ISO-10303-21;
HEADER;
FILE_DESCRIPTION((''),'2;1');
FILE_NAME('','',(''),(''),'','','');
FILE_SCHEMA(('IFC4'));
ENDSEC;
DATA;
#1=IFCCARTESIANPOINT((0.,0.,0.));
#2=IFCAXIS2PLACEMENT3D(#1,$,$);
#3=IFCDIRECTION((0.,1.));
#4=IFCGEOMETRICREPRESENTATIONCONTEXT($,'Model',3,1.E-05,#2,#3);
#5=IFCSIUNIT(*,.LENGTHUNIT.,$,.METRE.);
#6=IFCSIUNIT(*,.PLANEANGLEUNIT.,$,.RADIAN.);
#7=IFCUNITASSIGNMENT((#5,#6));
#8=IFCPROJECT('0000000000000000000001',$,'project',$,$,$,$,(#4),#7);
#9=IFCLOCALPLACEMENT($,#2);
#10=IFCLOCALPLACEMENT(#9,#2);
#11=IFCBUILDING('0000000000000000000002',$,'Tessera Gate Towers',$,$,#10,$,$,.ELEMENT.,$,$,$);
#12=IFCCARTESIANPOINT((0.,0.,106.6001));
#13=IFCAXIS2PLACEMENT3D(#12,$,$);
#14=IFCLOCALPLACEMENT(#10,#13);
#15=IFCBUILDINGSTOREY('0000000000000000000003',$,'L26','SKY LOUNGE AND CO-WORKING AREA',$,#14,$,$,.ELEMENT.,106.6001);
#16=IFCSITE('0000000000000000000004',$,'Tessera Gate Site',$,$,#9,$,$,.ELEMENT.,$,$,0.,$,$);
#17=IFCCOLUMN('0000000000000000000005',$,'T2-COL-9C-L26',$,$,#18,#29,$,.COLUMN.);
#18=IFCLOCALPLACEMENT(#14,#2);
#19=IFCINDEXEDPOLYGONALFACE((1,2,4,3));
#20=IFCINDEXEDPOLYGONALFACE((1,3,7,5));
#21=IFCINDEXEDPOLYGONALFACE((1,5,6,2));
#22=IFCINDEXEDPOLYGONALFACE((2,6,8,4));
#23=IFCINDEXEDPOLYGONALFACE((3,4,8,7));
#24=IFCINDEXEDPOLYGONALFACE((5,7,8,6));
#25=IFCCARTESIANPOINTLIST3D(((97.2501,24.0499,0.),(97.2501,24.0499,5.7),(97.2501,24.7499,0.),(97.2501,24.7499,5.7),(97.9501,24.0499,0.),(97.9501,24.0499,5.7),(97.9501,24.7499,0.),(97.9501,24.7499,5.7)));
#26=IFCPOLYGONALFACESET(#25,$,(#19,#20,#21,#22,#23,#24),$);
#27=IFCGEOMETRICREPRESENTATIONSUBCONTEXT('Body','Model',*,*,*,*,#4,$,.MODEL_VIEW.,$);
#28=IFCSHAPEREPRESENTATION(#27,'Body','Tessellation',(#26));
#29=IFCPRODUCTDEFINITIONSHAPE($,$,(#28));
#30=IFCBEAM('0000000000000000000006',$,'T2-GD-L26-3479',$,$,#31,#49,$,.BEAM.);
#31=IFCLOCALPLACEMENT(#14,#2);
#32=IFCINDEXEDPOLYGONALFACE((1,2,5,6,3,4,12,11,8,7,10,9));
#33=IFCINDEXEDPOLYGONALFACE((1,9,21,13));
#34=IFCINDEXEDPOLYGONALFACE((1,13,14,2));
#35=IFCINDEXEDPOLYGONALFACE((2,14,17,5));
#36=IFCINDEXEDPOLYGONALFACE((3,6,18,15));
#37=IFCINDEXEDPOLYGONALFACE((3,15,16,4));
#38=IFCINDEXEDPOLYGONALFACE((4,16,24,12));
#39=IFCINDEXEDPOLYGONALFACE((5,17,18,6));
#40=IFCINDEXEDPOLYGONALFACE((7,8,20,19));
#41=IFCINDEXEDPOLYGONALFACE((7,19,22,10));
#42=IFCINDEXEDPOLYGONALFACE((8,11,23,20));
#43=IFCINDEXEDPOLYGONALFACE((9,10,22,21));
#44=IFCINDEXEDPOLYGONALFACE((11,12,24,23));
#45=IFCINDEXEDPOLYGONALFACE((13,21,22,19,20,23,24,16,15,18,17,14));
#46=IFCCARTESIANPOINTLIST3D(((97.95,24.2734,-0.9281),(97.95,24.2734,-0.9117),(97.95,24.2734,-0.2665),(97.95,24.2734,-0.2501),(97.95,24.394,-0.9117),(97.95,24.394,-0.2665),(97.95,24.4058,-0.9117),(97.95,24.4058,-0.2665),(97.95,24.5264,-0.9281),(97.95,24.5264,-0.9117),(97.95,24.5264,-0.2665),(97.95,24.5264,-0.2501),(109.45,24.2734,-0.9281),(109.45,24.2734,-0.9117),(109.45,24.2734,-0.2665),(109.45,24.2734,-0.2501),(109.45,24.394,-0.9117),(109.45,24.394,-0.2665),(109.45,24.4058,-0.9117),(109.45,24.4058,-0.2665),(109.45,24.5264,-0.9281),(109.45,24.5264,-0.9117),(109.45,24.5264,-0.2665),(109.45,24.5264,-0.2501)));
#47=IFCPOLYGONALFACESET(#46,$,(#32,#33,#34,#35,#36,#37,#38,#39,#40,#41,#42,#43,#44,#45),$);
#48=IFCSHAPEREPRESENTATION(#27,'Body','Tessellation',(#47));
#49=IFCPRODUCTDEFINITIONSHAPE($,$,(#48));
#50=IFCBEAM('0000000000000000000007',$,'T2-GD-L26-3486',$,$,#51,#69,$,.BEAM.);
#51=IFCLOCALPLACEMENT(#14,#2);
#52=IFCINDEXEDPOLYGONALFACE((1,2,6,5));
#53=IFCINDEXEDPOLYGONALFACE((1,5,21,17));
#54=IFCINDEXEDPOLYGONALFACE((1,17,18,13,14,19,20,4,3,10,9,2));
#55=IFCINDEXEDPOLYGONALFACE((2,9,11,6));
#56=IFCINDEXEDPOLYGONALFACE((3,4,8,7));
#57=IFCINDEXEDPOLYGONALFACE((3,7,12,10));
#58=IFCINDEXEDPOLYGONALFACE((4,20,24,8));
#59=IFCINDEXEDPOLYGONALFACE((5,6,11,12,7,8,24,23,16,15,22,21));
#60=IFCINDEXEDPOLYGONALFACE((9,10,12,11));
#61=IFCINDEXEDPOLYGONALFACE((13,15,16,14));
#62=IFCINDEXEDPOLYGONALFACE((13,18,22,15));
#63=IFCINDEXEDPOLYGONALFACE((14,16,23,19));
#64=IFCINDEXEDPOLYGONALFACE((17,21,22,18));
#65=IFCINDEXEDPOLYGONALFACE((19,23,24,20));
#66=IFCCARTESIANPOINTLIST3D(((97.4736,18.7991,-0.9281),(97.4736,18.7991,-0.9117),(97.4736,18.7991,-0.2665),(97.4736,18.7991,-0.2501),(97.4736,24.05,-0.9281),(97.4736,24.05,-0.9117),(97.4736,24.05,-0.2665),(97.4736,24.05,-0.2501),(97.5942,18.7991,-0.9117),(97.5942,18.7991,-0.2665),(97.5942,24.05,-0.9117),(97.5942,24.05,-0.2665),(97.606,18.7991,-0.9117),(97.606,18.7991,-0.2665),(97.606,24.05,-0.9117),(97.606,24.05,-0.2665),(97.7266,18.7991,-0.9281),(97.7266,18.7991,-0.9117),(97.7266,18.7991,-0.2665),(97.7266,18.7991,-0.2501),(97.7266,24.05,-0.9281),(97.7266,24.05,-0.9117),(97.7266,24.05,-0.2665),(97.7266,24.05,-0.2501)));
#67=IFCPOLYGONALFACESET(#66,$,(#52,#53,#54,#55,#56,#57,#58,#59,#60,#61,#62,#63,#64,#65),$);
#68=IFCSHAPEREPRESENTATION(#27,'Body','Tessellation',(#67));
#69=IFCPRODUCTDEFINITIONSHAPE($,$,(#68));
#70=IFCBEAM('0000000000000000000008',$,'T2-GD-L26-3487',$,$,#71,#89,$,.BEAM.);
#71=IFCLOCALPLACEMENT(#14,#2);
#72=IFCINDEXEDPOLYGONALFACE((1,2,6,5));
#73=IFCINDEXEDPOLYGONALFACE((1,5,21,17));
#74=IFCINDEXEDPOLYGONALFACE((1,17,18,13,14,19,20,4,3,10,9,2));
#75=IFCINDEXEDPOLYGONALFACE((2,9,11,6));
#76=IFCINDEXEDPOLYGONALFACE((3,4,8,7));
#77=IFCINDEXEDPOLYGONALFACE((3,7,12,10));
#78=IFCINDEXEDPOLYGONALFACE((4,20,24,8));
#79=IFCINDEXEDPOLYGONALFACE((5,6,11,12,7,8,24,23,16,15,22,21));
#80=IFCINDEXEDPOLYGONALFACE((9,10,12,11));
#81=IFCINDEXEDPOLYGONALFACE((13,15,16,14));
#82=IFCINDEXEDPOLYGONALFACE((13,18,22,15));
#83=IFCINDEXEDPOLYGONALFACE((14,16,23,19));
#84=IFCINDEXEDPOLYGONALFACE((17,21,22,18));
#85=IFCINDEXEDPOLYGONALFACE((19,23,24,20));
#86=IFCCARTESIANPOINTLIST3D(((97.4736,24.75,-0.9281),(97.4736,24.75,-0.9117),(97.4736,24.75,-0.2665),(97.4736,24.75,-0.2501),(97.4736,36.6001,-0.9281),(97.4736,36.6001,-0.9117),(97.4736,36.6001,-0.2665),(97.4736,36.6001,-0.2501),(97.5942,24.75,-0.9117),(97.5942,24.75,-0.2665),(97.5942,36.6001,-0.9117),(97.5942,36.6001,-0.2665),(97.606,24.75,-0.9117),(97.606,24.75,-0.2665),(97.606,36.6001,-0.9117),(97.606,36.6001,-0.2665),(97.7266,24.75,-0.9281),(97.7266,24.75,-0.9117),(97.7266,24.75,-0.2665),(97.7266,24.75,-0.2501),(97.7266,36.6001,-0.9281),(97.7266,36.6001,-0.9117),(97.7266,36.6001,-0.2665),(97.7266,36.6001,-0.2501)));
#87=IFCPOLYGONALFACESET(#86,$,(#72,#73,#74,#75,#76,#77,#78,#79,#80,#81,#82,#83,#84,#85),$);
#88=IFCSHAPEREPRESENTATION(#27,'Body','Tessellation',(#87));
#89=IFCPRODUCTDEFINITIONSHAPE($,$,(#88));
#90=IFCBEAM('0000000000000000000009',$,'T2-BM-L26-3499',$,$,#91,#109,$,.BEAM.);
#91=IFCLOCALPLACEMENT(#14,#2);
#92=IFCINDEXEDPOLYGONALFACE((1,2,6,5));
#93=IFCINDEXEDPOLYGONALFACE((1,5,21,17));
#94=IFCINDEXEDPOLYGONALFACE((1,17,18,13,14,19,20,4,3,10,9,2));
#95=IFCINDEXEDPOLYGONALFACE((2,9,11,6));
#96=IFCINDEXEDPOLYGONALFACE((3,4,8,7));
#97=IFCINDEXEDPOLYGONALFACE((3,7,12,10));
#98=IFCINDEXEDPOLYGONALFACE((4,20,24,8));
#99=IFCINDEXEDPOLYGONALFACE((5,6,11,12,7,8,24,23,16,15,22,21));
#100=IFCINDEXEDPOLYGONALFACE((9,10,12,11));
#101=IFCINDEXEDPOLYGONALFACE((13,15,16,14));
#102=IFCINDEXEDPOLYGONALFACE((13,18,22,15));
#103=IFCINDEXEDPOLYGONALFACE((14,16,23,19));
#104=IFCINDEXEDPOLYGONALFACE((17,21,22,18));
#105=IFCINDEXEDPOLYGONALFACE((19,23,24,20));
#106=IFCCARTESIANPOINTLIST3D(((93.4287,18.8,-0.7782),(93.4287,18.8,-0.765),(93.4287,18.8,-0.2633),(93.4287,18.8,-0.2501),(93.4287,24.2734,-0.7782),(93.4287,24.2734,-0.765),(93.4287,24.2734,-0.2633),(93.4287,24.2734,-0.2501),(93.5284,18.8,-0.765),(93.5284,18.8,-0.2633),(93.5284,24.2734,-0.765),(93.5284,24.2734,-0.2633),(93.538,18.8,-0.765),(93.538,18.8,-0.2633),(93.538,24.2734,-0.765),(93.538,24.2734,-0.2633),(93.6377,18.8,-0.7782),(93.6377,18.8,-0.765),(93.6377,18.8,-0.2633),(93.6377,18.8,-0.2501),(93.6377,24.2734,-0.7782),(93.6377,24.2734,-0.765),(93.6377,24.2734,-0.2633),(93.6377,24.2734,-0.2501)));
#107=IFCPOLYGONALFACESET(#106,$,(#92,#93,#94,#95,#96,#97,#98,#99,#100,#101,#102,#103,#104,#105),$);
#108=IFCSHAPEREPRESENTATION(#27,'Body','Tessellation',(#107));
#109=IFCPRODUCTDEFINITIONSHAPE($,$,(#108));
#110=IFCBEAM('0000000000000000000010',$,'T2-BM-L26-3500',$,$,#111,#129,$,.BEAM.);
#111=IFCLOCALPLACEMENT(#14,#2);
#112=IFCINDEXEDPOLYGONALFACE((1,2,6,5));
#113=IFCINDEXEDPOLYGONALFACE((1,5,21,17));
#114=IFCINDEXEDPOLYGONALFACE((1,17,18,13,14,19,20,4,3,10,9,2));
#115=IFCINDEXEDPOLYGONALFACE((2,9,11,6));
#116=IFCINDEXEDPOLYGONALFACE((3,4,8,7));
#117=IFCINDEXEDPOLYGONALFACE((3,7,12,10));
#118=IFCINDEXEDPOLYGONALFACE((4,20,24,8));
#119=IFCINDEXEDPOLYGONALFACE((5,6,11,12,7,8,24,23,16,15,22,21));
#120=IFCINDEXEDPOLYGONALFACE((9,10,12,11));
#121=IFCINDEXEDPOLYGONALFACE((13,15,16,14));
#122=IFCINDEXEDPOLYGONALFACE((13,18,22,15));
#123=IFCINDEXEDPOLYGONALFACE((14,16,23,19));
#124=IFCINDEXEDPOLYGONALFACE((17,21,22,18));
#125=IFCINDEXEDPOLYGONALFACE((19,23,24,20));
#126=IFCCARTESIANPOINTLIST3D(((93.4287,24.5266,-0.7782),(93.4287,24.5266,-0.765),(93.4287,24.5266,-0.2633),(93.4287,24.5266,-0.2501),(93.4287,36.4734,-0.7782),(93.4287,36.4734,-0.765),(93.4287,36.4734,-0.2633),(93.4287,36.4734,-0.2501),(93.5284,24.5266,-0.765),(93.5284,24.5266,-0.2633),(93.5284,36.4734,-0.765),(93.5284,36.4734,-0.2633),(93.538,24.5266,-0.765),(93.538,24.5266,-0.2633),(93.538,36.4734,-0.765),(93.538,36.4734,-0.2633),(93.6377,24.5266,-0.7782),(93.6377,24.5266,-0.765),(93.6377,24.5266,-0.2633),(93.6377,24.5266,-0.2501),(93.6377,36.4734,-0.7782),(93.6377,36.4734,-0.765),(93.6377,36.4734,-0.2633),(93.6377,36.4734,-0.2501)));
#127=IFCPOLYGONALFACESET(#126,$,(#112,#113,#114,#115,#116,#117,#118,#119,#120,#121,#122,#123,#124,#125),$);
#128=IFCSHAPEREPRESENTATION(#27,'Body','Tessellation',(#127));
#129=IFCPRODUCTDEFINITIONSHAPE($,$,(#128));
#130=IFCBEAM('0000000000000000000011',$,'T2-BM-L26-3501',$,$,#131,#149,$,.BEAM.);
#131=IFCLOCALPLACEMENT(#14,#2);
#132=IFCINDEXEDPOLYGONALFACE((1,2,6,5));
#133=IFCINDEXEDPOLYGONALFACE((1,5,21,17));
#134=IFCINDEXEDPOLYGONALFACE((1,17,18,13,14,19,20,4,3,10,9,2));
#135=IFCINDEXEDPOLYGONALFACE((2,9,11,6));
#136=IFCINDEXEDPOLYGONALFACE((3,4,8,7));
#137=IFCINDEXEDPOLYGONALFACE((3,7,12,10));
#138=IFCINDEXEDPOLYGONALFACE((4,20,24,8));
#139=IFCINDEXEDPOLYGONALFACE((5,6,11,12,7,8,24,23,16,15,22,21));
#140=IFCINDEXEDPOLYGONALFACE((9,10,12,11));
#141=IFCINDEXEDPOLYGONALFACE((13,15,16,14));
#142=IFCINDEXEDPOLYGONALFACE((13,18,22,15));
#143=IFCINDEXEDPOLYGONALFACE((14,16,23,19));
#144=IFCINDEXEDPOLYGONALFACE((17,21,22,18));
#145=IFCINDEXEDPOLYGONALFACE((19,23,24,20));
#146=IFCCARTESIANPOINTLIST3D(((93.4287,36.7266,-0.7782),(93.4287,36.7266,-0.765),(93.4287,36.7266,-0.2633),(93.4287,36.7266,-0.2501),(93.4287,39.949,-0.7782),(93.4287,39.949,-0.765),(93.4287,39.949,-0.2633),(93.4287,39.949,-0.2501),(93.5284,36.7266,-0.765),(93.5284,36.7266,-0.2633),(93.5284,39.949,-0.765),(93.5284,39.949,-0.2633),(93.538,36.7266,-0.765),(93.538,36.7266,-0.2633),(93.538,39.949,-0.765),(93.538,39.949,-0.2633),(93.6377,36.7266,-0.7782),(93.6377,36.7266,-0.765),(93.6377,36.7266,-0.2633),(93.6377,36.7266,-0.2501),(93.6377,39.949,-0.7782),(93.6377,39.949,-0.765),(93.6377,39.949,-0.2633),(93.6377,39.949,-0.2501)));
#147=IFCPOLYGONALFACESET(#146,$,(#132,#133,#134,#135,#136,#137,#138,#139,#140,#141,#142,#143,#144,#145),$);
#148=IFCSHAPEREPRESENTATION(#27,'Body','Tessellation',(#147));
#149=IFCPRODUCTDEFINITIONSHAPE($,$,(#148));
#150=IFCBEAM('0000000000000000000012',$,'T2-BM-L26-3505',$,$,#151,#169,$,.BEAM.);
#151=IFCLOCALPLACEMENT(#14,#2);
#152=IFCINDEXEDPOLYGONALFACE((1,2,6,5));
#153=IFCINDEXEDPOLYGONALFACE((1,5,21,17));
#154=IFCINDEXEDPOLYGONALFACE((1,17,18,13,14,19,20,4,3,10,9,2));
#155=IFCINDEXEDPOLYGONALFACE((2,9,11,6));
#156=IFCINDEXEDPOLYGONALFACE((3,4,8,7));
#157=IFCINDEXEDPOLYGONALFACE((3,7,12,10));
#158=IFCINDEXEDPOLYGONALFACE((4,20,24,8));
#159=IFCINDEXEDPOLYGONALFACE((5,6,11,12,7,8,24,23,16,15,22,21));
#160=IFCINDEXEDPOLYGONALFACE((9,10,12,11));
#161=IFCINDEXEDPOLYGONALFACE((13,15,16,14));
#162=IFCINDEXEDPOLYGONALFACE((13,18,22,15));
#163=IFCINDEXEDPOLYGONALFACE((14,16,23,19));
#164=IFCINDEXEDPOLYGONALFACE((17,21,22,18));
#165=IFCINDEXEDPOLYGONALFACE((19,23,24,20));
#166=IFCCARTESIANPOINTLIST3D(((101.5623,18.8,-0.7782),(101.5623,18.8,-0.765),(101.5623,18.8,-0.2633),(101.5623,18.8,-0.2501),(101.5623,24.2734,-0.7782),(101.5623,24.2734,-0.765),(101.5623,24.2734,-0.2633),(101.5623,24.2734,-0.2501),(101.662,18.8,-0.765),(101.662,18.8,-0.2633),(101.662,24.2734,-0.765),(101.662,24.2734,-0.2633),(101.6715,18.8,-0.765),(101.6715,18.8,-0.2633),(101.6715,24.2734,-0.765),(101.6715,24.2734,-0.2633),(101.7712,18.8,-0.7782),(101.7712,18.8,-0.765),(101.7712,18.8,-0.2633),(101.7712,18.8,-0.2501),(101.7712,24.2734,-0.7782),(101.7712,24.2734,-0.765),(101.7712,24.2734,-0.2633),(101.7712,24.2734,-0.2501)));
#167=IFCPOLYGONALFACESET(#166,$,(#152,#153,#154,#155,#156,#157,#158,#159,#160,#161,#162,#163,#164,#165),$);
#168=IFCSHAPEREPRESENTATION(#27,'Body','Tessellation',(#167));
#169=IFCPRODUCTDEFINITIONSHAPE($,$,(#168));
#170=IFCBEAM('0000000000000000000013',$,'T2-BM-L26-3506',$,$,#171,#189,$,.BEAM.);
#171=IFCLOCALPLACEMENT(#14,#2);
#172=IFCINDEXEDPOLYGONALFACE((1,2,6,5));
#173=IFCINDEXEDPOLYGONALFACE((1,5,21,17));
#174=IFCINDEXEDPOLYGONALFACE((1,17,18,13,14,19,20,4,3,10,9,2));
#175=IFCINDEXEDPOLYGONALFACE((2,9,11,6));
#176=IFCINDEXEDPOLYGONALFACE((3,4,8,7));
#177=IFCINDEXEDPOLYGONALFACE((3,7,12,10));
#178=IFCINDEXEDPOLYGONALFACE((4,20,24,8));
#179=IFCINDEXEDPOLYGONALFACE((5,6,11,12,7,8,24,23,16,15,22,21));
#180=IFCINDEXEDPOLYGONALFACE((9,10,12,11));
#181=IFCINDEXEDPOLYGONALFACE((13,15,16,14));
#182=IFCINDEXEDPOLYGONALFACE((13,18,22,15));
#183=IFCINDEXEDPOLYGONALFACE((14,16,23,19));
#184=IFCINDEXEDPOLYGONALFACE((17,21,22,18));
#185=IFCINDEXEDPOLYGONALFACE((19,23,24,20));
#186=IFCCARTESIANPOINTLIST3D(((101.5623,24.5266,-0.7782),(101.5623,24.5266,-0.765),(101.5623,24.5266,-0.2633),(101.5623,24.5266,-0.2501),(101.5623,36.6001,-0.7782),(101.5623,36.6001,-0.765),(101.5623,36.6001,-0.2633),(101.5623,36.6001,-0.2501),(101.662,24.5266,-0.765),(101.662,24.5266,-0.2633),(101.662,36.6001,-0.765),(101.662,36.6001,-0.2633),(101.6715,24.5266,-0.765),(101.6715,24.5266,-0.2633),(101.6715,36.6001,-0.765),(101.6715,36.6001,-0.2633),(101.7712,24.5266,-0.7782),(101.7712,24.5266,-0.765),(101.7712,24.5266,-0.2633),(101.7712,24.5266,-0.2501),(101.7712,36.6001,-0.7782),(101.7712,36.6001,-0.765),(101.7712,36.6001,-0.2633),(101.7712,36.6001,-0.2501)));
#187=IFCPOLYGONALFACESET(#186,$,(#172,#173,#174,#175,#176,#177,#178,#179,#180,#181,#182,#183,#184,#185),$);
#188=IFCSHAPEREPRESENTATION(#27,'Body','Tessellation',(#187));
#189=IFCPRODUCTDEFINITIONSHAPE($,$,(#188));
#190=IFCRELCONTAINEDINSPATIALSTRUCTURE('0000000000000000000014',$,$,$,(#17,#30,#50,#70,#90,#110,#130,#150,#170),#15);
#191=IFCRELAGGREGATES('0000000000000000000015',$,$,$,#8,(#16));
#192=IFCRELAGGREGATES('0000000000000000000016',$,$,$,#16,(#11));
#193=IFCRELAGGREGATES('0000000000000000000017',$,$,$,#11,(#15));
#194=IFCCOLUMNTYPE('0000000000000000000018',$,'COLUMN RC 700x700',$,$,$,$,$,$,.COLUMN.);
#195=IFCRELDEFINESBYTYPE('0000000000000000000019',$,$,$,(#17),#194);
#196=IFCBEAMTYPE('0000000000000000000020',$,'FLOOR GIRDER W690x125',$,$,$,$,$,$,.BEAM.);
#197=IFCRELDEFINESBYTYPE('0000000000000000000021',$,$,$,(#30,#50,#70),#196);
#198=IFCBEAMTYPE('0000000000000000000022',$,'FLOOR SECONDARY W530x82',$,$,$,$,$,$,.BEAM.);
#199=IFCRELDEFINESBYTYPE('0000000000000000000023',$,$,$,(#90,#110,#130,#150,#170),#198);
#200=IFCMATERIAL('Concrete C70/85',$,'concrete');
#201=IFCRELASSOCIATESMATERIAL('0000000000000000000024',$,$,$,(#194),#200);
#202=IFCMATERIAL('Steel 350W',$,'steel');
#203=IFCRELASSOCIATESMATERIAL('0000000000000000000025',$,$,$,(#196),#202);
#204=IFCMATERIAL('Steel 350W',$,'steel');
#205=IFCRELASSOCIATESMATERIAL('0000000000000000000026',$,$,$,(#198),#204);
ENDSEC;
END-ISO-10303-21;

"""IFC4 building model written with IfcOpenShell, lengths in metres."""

from ifc_helpers import new_model, si_unit, direction, frame, origin, origin_2d, place, context, subcontext, project, spatial, rectangle, i_section, extrude, material, material_profile, profile_set, type_object, element, save


model = new_model("IFC4")

# Units and contexts
model_context = context("Model", 3, precision=1e-05, world=origin(), true_north=direction((0.0, 1.0)))
body_context = subcontext(model_context, "Body", "Model", "MODEL_VIEW")
ifc_project = project(units=[si_unit("LENGTHUNIT", "METRE"), si_unit("PLANEANGLEUNIT", "RADIAN")], contexts=[model_context])

# Site, building, storey
site_placement = place(None, origin())
site = spatial("IfcSite", under=ifc_project, at=site_placement, Name="Tessera Gate Site", CompositionType="ELEMENT", RefElevation=0.0)
building_placement = place(site_placement, origin())
building = spatial("IfcBuilding", under=site, at=building_placement, Name="Tessera Gate Towers", CompositionType="ELEMENT")
storey_placement = place(building_placement, frame((0.0, 0.0, 106.6001)))
storey = spatial("IfcBuildingStorey", under=building, at=storey_placement, Name="L26", Description="SKY LOUNGE AND CO-WORKING AREA", CompositionType="ELEMENT", Elevation=106.6001)

# Column
ifc_material_1 = material(Name="Concrete C70/85", Category="concrete")
ifc_material_profile_1 = material_profile(ifc_material_1, rectangle(XDim=0.7, YDim=0.7, at=origin_2d()), Name="RC 700x700")
ifc_profile_set_1 = profile_set([ifc_material_profile_1], Name="Concrete C70/85")
column_type = type_object("IfcColumnType", Name="COLUMN RC 700x700", PredefinedType="COLUMN", material=ifc_profile_set_1)
column_placement = place(storey_placement, frame((97.6001, 24.3999, 0.0), z_axis=(0.0, 0.0, 1.0), x_axis=(1.0, 0.0, 0.0)))
element("IfcColumn", 1, at=column_placement, inside=storey, type_object=column_type, Name="T2-COL-9C-L26", PredefinedType="COLUMN", context=body_context, shape_type="SweptSolid", body=[
    extrude(rectangle(XDim=0.7, YDim=0.7, at=origin_2d()), origin(), (0.0, 0.0, 1.0), 5.7),
])

# Beams
ifc_material_2 = material(Name="Steel 350W", Category="steel")
ifc_material_profile_2 = material_profile(ifc_material_2, i_section(OverallWidth=0.2529, OverallDepth=0.678, WebThickness=0.0117, FlangeThickness=0.0164, at=origin_2d()), Name="W690x125")
ifc_profile_set_2 = profile_set([ifc_material_profile_2], Name="Steel 350W")
beam_type_1 = type_object("IfcBeamType", Name="FLOOR GIRDER W690x125", PredefinedType="BEAM", material=ifc_profile_set_2)
beam_1_placement = place(storey_placement, frame((97.95, 24.3999, -0.5891), z_axis=(1.0, 0.0, 0.0), x_axis=(0.0, 1.0, 0.0)))
element("IfcBeam", 2, at=beam_1_placement, inside=storey, type_object=beam_type_1, Name="T2-GD-L26-3479", PredefinedType="BEAM", context=body_context, shape_type="SweptSolid", body=[
    extrude(i_section(OverallWidth=0.2529, OverallDepth=0.678, WebThickness=0.0117, FlangeThickness=0.0164, at=origin_2d()), origin(), (0.0, 0.0, 1.0), 11.5),
])
beam_2_placement = place(storey_placement, frame((97.6001, 18.7991, -0.5891), z_axis=(0.0, 1.0, 0.0), x_axis=(-1.0, 0.0, 0.0)))
element("IfcBeam", 3, at=beam_2_placement, inside=storey, type_object=beam_type_1, Name="T2-GD-L26-3486", PredefinedType="BEAM", context=body_context, shape_type="SweptSolid", body=[
    extrude(i_section(OverallWidth=0.2529, OverallDepth=0.678, WebThickness=0.0117, FlangeThickness=0.0164, at=origin_2d()), origin(), (0.0, 0.0, 1.0), 5.251),
])
beam_3_placement = place(storey_placement, frame((97.6001, 24.75, -0.5891), z_axis=(0.0, 1.0, 0.0), x_axis=(-1.0, 0.0, 0.0)))
element("IfcBeam", 4, at=beam_3_placement, inside=storey, type_object=beam_type_1, Name="T2-GD-L26-3487", PredefinedType="BEAM", context=body_context, shape_type="SweptSolid", body=[
    extrude(i_section(OverallWidth=0.2529, OverallDepth=0.678, WebThickness=0.0117, FlangeThickness=0.0164, at=origin_2d()), origin(), (0.0, 0.0, 1.0), 11.8501),
])
ifc_material_3 = material(Name="Steel 350W", Category="steel")
ifc_material_profile_3 = material_profile(ifc_material_3, i_section(OverallWidth=0.209, OverallDepth=0.5281, WebThickness=0.0095, FlangeThickness=0.0132, at=origin_2d()), Name="W530x82")
ifc_profile_set_3 = profile_set([ifc_material_profile_3], Name="Steel 350W")
beam_type_2 = type_object("IfcBeamType", Name="FLOOR SECONDARY W530x82", PredefinedType="BEAM", material=ifc_profile_set_3)
beam_4_placement = place(storey_placement, frame((93.5332, 18.8, -0.5142), z_axis=(0.0, 1.0, 0.0), x_axis=(-1.0, 0.0, 0.0)))
element("IfcBeam", 5, at=beam_4_placement, inside=storey, type_object=beam_type_2, Name="T2-BM-L26-3499", PredefinedType="BEAM", context=body_context, shape_type="SweptSolid", body=[
    extrude(i_section(OverallWidth=0.209, OverallDepth=0.5281, WebThickness=0.0095, FlangeThickness=0.0132, at=origin_2d()), origin(), (0.0, 0.0, 1.0), 5.4734),
])
beam_5_placement = place(storey_placement, frame((93.5332, 24.5266, -0.5142), z_axis=(0.0, 1.0, 0.0), x_axis=(-1.0, 0.0, 0.0)))
element("IfcBeam", 6, at=beam_5_placement, inside=storey, type_object=beam_type_2, Name="T2-BM-L26-3500", PredefinedType="BEAM", context=body_context, shape_type="SweptSolid", body=[
    extrude(i_section(OverallWidth=0.209, OverallDepth=0.5281, WebThickness=0.0095, FlangeThickness=0.0132, at=origin_2d()), origin(), (0.0, 0.0, 1.0), 11.9468),
])
beam_6_placement = place(storey_placement, frame((93.5332, 36.7266, -0.5142), z_axis=(0.0, 1.0, 0.0), x_axis=(-1.0, 0.0, 0.0)))
element("IfcBeam", 7, at=beam_6_placement, inside=storey, type_object=beam_type_2, Name="T2-BM-L26-3501", PredefinedType="BEAM", context=body_context, shape_type="SweptSolid", body=[
    extrude(i_section(OverallWidth=0.209, OverallDepth=0.5281, WebThickness=0.0095, FlangeThickness=0.0132, at=origin_2d()), origin(), (0.0, 0.0, 1.0), 3.2224),
])
beam_7_placement = place(storey_placement, frame((101.6667, 18.8, -0.5142), z_axis=(0.0, 1.0, 0.0), x_axis=(-1.0, 0.0, 0.0)))
element("IfcBeam", 8, at=beam_7_placement, inside=storey, type_object=beam_type_2, Name="T2-BM-L26-3505", PredefinedType="BEAM", context=body_context, shape_type="SweptSolid", body=[
    extrude(i_section(OverallWidth=0.209, OverallDepth=0.5281, WebThickness=0.0095, FlangeThickness=0.0132, at=origin_2d()), origin(), (0.0, 0.0, 1.0), 5.4734),
])
beam_8_placement = place(storey_placement, frame((101.6667, 24.5266, -0.5142), z_axis=(0.0, 1.0, 0.0), x_axis=(-1.0, 0.0, 0.0)))
element("IfcBeam", 9, at=beam_8_placement, inside=storey, type_object=beam_type_2, Name="T2-BM-L26-3506", PredefinedType="BEAM", context=body_context, shape_type="SweptSolid", body=[
    extrude(i_section(OverallWidth=0.209, OverallDepth=0.5281, WebThickness=0.0095, FlangeThickness=0.0132, at=origin_2d()), origin(), (0.0, 0.0, 1.0), 12.0735),
])

save(model, "model.ifc")
